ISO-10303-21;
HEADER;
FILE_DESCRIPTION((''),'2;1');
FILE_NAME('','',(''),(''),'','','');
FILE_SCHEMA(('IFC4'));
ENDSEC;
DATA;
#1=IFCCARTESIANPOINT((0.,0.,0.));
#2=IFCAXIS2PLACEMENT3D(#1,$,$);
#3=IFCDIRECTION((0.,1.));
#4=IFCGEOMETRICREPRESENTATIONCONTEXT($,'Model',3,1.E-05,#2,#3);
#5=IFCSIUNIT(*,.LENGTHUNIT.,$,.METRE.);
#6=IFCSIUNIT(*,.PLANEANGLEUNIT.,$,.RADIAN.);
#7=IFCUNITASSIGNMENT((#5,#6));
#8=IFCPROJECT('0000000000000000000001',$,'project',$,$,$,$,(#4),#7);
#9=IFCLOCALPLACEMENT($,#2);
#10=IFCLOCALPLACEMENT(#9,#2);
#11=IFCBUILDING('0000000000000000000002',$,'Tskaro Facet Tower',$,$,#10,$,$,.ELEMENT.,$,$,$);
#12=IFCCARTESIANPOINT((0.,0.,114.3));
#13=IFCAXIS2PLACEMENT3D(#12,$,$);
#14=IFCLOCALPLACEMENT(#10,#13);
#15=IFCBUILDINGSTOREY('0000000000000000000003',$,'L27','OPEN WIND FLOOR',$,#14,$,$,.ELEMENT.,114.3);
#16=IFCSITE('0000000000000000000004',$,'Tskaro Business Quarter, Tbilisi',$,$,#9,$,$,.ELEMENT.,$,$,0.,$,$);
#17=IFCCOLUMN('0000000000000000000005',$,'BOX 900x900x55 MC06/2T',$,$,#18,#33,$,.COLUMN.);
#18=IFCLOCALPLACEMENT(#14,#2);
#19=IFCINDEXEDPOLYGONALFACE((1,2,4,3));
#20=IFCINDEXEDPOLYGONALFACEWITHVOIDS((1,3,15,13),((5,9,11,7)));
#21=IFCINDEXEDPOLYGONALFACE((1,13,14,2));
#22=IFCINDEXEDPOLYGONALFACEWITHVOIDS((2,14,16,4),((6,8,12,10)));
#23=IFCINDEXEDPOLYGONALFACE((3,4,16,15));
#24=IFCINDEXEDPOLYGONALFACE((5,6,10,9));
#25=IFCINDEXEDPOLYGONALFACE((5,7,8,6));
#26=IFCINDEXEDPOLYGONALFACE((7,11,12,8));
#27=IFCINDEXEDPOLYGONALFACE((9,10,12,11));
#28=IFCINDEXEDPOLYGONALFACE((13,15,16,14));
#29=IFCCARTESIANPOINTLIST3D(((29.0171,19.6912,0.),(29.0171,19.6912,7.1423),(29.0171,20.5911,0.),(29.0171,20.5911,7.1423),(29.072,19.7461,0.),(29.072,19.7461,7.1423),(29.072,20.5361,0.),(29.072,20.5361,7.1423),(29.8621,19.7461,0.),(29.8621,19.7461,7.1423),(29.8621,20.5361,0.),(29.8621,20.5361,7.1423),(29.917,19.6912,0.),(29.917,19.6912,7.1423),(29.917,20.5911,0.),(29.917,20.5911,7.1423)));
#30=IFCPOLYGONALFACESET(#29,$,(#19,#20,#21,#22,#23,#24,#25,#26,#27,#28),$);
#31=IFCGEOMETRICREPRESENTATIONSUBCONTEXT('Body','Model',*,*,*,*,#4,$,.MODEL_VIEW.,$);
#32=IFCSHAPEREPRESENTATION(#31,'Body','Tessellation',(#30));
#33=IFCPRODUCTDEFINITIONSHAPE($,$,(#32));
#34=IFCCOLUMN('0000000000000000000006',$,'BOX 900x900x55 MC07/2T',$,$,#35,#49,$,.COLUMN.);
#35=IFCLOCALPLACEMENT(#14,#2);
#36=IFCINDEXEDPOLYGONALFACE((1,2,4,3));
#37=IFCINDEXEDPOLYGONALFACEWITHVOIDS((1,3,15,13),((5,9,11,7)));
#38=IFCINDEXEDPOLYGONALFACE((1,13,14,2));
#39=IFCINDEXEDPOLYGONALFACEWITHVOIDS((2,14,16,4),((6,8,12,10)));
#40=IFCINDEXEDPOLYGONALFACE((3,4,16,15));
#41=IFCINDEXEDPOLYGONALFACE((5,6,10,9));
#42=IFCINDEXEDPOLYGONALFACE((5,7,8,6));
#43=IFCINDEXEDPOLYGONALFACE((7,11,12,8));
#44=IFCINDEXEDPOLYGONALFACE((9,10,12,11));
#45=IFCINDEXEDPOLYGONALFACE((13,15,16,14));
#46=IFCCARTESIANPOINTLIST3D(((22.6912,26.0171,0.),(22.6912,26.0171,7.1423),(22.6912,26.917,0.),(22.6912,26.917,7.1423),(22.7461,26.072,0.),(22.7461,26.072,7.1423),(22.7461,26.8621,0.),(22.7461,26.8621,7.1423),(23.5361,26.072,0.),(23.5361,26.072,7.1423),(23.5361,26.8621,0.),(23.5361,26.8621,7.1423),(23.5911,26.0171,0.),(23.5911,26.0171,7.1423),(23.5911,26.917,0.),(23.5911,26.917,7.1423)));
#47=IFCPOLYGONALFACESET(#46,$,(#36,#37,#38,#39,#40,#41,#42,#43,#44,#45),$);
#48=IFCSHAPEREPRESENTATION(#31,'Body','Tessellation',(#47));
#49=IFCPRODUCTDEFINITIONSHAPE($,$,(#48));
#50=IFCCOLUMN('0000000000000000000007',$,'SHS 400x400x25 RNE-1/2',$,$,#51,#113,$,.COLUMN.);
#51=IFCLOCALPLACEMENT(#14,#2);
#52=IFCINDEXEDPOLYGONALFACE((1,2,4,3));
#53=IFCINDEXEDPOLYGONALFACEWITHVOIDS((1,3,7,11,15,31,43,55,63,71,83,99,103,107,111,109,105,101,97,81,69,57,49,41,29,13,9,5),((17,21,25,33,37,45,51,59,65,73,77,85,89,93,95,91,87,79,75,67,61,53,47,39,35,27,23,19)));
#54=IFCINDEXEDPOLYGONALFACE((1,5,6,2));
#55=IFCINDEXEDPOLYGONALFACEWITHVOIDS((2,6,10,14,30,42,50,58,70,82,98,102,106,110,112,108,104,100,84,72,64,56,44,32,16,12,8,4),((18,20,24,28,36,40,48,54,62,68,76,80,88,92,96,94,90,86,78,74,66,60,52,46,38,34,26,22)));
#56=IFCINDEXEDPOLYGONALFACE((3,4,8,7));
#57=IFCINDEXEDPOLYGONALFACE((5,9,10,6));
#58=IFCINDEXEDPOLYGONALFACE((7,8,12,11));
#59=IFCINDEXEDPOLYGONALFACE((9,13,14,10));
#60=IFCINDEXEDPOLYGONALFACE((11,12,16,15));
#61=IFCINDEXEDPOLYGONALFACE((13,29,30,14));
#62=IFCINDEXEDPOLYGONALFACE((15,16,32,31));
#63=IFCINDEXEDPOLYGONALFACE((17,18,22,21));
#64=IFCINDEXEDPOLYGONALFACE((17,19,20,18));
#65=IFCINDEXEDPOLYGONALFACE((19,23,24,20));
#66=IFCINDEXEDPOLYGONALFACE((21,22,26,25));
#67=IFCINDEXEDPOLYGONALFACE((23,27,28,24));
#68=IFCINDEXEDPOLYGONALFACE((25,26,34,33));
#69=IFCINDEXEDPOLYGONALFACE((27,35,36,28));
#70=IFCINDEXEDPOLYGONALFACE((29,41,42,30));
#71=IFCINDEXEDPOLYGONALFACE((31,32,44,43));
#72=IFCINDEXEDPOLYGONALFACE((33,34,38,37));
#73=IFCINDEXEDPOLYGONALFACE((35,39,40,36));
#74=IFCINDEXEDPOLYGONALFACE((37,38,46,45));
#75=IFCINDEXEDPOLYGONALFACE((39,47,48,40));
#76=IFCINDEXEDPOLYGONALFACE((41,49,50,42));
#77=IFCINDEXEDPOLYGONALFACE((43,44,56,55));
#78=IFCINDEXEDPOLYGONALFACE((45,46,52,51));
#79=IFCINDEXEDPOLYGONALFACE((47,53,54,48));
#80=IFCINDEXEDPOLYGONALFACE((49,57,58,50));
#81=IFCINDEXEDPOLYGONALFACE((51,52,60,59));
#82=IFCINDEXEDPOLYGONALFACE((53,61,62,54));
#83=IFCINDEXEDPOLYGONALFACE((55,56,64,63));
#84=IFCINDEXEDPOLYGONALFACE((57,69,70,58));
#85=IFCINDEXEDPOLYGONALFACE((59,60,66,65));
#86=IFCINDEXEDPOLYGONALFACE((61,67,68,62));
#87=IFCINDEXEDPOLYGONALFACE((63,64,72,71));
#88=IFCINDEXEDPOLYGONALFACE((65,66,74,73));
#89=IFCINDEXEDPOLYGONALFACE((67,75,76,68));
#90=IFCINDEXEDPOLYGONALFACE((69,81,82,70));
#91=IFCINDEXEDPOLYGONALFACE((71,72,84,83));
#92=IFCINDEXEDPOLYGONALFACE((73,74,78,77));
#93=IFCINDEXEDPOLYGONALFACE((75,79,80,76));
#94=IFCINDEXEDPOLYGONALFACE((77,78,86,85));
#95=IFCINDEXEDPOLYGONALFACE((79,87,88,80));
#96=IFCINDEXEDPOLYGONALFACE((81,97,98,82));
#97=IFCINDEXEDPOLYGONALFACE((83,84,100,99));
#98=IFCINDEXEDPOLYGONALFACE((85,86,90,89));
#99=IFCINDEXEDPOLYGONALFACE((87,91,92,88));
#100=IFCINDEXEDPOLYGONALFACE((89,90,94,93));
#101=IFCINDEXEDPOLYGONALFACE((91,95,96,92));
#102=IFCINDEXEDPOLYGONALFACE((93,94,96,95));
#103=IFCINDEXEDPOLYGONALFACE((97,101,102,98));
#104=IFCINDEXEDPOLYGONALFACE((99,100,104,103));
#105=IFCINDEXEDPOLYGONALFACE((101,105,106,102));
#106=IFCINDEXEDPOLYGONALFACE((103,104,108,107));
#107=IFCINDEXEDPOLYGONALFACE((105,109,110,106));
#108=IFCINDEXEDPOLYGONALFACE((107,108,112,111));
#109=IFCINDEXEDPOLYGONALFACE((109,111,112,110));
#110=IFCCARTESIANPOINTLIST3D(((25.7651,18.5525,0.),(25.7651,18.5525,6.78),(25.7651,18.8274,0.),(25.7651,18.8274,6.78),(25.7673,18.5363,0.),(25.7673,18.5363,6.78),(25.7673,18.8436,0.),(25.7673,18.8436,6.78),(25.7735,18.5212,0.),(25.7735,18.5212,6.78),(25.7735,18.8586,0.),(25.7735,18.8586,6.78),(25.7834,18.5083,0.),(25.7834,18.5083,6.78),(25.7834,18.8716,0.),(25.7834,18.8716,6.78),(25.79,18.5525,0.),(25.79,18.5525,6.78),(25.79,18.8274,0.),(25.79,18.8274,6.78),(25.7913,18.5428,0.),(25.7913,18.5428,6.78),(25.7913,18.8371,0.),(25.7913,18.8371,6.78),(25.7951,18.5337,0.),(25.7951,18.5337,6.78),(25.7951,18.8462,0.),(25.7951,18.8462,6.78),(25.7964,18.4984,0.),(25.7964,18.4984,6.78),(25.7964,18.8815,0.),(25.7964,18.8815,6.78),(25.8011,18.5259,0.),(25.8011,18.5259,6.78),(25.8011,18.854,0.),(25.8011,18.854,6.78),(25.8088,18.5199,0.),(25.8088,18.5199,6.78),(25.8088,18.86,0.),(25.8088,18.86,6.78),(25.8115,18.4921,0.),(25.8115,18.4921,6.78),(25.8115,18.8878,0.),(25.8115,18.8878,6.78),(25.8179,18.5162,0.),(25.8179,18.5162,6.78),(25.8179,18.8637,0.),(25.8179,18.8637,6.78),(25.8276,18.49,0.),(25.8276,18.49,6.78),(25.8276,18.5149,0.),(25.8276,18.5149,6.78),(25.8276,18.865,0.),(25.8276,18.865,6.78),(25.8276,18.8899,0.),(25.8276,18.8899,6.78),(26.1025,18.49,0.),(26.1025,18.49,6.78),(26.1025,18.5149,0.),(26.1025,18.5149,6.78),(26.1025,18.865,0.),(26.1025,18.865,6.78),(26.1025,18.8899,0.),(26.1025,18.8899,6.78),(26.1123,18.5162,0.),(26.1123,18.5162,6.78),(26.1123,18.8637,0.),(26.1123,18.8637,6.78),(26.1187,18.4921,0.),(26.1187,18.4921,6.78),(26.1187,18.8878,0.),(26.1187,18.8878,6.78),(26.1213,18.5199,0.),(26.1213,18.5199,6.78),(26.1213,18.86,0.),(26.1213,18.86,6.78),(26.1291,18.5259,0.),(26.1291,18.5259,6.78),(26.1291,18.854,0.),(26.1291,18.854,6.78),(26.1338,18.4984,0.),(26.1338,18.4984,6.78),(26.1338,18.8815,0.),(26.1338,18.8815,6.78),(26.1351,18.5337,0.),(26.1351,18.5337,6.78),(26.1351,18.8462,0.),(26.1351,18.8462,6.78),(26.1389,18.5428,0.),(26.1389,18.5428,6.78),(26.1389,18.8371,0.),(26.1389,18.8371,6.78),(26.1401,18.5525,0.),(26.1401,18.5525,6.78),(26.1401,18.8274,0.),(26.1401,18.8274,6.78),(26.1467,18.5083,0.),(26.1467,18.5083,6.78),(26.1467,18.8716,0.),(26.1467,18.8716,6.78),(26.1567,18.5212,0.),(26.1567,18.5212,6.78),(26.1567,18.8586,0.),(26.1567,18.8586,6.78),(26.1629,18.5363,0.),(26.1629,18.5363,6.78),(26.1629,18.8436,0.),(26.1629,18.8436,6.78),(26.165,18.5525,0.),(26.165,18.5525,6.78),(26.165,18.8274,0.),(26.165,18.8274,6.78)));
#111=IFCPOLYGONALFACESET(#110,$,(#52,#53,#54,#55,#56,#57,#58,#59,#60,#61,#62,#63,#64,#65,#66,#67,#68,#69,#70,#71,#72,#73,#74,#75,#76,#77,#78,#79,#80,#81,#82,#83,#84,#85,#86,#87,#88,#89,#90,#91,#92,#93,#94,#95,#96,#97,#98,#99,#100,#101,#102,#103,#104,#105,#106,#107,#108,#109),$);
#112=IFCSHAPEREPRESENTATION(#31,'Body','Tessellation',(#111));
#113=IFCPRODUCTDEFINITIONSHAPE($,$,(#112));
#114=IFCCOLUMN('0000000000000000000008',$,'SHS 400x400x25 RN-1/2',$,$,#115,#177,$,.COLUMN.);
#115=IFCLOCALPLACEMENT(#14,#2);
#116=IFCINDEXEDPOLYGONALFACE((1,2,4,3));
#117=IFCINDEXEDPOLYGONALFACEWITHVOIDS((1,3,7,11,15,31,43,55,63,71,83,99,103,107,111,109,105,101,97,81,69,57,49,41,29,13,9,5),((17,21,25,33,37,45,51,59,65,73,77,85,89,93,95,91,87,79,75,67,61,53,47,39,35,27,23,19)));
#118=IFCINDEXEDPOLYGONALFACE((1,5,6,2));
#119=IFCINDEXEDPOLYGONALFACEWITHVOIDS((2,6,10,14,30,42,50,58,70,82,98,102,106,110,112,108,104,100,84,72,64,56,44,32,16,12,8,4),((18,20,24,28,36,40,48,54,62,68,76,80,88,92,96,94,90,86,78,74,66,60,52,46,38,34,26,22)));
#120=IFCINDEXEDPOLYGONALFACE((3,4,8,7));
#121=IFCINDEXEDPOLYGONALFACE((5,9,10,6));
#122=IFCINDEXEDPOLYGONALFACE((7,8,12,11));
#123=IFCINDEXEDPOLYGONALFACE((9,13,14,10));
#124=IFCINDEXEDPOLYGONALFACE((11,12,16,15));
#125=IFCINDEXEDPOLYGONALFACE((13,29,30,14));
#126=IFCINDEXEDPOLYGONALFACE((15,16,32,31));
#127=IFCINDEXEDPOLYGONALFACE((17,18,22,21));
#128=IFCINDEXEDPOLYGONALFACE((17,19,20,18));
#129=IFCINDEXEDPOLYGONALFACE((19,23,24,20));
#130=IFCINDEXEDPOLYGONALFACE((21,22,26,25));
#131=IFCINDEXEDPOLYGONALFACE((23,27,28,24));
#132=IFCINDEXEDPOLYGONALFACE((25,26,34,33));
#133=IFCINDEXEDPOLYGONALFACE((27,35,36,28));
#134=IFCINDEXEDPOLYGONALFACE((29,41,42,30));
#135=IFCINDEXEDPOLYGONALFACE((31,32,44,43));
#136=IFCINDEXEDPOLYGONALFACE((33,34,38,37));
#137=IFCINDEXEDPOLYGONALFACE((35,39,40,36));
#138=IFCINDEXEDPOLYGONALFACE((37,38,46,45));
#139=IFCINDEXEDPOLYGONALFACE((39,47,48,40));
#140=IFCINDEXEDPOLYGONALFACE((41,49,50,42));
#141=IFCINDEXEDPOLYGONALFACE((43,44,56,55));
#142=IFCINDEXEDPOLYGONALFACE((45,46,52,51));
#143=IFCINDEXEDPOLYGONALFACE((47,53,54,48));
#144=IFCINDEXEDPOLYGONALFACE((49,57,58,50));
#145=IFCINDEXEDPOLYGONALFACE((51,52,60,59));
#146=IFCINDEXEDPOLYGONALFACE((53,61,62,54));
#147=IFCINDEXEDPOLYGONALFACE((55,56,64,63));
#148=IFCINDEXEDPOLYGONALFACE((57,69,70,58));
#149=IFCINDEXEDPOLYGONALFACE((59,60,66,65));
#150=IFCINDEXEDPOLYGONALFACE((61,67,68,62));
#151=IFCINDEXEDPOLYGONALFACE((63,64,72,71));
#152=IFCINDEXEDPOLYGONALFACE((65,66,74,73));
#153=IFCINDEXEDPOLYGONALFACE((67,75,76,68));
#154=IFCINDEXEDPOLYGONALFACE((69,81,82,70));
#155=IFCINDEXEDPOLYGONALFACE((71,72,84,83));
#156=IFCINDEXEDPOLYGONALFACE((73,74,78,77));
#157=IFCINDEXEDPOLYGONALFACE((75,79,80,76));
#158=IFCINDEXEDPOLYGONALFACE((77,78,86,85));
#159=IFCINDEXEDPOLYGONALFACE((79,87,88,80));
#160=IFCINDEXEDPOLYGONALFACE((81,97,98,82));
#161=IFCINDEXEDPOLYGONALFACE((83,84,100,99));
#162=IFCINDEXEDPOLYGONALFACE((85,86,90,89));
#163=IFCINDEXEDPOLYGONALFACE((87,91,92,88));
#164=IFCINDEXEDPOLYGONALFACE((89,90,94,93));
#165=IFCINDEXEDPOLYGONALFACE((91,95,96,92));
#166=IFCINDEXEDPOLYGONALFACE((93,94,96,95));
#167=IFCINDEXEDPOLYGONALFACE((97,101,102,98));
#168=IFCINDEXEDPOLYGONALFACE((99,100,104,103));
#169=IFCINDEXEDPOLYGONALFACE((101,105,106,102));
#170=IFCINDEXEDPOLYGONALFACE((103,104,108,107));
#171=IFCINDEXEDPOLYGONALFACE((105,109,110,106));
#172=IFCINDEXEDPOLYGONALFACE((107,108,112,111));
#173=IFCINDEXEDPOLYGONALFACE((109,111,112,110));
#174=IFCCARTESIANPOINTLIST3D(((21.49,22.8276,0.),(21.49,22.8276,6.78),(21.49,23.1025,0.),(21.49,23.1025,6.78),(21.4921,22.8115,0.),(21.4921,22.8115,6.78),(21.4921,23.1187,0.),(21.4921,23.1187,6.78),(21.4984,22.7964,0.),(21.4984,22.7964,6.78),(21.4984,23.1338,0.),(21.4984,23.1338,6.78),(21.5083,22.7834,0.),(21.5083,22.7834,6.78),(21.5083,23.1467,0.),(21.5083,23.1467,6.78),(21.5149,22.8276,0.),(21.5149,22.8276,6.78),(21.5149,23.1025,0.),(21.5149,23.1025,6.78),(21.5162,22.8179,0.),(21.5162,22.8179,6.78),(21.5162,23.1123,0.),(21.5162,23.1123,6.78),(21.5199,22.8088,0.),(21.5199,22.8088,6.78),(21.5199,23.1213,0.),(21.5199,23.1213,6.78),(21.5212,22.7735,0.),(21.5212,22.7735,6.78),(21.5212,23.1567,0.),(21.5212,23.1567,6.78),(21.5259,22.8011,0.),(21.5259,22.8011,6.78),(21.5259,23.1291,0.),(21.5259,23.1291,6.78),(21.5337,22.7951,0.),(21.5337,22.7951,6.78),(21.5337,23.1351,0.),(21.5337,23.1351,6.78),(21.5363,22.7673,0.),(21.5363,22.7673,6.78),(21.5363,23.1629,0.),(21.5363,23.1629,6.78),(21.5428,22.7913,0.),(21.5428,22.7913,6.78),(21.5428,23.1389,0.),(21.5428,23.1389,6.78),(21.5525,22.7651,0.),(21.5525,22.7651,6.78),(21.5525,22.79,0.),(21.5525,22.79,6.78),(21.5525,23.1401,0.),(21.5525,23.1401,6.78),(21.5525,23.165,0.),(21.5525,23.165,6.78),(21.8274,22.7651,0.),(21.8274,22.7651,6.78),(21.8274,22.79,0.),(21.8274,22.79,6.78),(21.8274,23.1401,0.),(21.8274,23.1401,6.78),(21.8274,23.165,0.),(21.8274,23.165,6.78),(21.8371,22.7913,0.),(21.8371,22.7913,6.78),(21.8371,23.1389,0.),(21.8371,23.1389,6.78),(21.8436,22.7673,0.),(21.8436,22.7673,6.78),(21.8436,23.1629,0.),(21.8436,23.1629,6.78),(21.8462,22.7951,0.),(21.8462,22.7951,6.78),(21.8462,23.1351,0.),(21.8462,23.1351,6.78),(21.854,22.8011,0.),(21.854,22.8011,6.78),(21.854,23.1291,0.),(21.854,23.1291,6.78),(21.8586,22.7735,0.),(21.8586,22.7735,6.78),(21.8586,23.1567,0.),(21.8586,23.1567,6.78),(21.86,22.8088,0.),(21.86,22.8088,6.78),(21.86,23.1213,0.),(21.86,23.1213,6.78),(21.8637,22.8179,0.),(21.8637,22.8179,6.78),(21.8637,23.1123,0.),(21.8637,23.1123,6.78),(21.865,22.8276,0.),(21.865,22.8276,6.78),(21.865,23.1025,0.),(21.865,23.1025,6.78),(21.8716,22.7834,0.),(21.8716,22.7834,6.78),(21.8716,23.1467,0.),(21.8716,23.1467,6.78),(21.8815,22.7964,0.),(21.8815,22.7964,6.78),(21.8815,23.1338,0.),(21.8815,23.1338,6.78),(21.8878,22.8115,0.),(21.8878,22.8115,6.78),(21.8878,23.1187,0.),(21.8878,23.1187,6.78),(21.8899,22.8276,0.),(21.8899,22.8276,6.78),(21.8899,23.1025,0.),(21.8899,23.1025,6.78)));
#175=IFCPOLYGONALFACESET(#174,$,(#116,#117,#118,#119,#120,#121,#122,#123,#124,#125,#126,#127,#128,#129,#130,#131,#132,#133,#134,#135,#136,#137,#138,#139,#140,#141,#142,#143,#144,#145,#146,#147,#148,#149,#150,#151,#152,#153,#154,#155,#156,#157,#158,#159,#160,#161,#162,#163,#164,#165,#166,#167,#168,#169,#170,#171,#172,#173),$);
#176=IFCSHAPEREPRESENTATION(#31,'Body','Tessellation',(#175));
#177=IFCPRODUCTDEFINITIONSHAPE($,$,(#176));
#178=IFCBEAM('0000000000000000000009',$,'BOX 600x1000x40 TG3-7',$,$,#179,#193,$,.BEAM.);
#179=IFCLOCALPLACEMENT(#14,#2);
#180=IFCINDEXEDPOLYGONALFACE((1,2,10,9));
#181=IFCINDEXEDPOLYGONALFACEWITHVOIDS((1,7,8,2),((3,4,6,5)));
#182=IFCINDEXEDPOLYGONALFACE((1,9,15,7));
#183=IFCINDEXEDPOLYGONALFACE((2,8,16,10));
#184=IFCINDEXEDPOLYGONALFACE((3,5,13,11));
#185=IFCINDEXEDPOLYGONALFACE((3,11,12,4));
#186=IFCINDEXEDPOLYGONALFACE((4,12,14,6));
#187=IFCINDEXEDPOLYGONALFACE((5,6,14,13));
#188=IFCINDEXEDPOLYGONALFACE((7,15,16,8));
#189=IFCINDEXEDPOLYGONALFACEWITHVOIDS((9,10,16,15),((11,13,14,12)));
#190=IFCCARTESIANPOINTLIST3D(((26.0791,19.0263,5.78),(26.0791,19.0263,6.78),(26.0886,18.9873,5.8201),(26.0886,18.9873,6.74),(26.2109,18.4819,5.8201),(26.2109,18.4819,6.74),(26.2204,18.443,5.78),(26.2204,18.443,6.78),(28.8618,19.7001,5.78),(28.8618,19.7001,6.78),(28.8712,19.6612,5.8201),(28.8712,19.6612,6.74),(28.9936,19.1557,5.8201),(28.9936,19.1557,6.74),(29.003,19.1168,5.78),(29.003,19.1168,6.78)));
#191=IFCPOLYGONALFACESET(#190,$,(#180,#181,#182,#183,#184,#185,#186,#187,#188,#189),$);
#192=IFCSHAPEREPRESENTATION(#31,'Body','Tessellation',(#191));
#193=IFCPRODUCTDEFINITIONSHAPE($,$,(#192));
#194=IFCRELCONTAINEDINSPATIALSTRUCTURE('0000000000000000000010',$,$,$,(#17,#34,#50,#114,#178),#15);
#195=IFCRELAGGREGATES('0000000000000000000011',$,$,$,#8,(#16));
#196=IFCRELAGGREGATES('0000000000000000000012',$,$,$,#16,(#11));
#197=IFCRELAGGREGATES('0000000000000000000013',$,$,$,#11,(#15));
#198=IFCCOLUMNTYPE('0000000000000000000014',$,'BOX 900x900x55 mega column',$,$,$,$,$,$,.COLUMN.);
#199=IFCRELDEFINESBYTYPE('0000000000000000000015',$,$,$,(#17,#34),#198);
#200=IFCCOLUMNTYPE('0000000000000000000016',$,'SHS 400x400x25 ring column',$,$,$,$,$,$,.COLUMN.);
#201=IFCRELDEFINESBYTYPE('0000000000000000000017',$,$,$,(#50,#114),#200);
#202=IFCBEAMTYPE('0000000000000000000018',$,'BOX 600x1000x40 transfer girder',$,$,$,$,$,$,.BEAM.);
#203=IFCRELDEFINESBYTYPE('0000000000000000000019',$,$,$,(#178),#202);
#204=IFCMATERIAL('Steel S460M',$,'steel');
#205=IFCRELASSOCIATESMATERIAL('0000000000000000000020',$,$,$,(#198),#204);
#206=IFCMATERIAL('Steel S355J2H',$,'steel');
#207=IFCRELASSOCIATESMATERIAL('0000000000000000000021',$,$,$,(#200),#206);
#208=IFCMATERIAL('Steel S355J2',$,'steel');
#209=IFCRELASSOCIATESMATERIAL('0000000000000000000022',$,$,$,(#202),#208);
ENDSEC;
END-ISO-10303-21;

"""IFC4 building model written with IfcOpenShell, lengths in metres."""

from ifc_helpers import new_model, si_unit, direction, frame, origin, origin_2d, place, context, subcontext, project, spatial, hollow_rectangle, extrude, material, material_profile, profile_set, type_object, element, save


model = new_model("IFC4")

# Units and contexts
model_context = context("Model", 3, precision=1e-05, world=origin(), true_north=direction((0.0, 1.0)))
body_context = subcontext(model_context, "Body", "Model", "MODEL_VIEW")
ifc_project = project(units=[si_unit("LENGTHUNIT", "METRE"), si_unit("PLANEANGLEUNIT", "RADIAN")], contexts=[model_context])

# Site, building, storey
site_placement = place(None, origin())
site = spatial("IfcSite", under=ifc_project, at=site_placement, Name="Tskaro Business Quarter, Tbilisi", CompositionType="ELEMENT", RefElevation=0.0)
building_placement = place(site_placement, origin())
building = spatial("IfcBuilding", under=site, at=building_placement, Name="Tskaro Facet Tower", CompositionType="ELEMENT")
storey_placement = place(building_placement, frame((0.0, 0.0, 114.3)))
storey = spatial("IfcBuildingStorey", under=building, at=storey_placement, Name="L27", Description="OPEN WIND FLOOR", CompositionType="ELEMENT", Elevation=114.3)

# Columns
ifc_material_1 = material(Name="Steel S460M", Category="steel")
ifc_material_profile_1 = material_profile(ifc_material_1, hollow_rectangle(XDim=0.8999, YDim=0.8999, WallThickness=0.0549, at=origin_2d()), Name="BOX 900x900x55")
ifc_profile_set_1 = profile_set([ifc_material_profile_1], Name="Steel S460M")
column_type_1 = type_object("IfcColumnType", Name="BOX 900x900x55 mega column", PredefinedType="COLUMN", material=ifc_profile_set_1)
for number, where, z_axis, x_axis, name in (
    (1, (29.467, 20.1411, 0.0), (0.0, 0.0, 1.0), (1.0, 0.0, 0.0), "BOX 900x900x55 MC06/2T"),
    (2, (23.1411, 26.467, 0.0), (0.0, 0.0, 1.0), (1.0, 0.0, 0.0), "BOX 900x900x55 MC07/2T"),
):
    element("IfcColumn", number, at=place(storey_placement, frame(where, z_axis=z_axis, x_axis=x_axis)), inside=storey, type_object=column_type_1, Name=name, PredefinedType="COLUMN", context=body_context, shape_type="SweptSolid", body=[
        extrude(hollow_rectangle(XDim=0.8999, YDim=0.8999, WallThickness=0.0549, at=origin_2d()), origin(), (0.0, 0.0, 1.0), 7.1423),
    ])
ifc_material_2 = material(Name="Steel S355J2H", Category="steel")
ifc_material_profile_2 = material_profile(ifc_material_2, hollow_rectangle(XDim=0.3999, YDim=0.3999, WallThickness=0.0249, InnerFilletRadius=0.0376, OuterFilletRadius=0.0625, at=origin_2d()), Name="SHS 400x400x25")
ifc_profile_set_2 = profile_set([ifc_material_profile_2], Name="Steel S355J2H")
column_type_2 = type_object("IfcColumnType", Name="SHS 400x400x25 ring column", PredefinedType="COLUMN", material=ifc_profile_set_2)
for number, where, z_axis, x_axis, name in (
    (3, (25.9651, 18.6899, 0.0), (0.0, 0.0, 1.0), (1.0, 0.0, 0.0), "SHS 400x400x25 RNE-1/2"),
    (4, (21.6899, 22.9651, 0.0), (0.0, 0.0, 1.0), (1.0, 0.0, 0.0), "SHS 400x400x25 RN-1/2"),
):
    element("IfcColumn", number, at=place(storey_placement, frame(where, z_axis=z_axis, x_axis=x_axis)), inside=storey, type_object=column_type_2, Name=name, PredefinedType="COLUMN", context=body_context, shape_type="SweptSolid", body=[
        extrude(hollow_rectangle(XDim=0.3999, YDim=0.3999, WallThickness=0.0249, InnerFilletRadius=0.0376, OuterFilletRadius=0.0625, at=origin_2d()), origin(), (0.0, 0.0, 1.0), 6.78),
    ])

# Beam
ifc_material_3 = material(Name="Steel S355J2", Category="steel")
ifc_material_profile_3 = material_profile(ifc_material_3, hollow_rectangle(XDim=0.6001, YDim=1.0, WallThickness=0.04, at=origin_2d()), Name="BOX 600x1000x40")
ifc_profile_set_3 = profile_set([ifc_material_profile_3], Name="Steel S355J2")
beam_type_1 = type_object("IfcBeamType", Name="BOX 600x1000x40 transfer girder", PredefinedType="BEAM", material=ifc_profile_set_3)
for number, where, z_axis, x_axis, name in (
    (5, (28.9324, 19.4084, 6.28), (-0.971912, -0.235346, 0.0), (0.235346, -0.971912, 0.0), "BOX 600x1000x40 TG3-7"),
):
    element("IfcBeam", number, at=place(storey_placement, frame(where, z_axis=z_axis, x_axis=x_axis)), inside=storey, type_object=beam_type_1, Name=name, PredefinedType="BEAM", context=body_context, shape_type="SweptSolid", body=[
        extrude(hollow_rectangle(XDim=0.6001, YDim=1.0, WallThickness=0.04, at=origin_2d()), origin(), (0.0, 0.0, 1.0), 2.863),
    ])

save(model, "model.ifc")
